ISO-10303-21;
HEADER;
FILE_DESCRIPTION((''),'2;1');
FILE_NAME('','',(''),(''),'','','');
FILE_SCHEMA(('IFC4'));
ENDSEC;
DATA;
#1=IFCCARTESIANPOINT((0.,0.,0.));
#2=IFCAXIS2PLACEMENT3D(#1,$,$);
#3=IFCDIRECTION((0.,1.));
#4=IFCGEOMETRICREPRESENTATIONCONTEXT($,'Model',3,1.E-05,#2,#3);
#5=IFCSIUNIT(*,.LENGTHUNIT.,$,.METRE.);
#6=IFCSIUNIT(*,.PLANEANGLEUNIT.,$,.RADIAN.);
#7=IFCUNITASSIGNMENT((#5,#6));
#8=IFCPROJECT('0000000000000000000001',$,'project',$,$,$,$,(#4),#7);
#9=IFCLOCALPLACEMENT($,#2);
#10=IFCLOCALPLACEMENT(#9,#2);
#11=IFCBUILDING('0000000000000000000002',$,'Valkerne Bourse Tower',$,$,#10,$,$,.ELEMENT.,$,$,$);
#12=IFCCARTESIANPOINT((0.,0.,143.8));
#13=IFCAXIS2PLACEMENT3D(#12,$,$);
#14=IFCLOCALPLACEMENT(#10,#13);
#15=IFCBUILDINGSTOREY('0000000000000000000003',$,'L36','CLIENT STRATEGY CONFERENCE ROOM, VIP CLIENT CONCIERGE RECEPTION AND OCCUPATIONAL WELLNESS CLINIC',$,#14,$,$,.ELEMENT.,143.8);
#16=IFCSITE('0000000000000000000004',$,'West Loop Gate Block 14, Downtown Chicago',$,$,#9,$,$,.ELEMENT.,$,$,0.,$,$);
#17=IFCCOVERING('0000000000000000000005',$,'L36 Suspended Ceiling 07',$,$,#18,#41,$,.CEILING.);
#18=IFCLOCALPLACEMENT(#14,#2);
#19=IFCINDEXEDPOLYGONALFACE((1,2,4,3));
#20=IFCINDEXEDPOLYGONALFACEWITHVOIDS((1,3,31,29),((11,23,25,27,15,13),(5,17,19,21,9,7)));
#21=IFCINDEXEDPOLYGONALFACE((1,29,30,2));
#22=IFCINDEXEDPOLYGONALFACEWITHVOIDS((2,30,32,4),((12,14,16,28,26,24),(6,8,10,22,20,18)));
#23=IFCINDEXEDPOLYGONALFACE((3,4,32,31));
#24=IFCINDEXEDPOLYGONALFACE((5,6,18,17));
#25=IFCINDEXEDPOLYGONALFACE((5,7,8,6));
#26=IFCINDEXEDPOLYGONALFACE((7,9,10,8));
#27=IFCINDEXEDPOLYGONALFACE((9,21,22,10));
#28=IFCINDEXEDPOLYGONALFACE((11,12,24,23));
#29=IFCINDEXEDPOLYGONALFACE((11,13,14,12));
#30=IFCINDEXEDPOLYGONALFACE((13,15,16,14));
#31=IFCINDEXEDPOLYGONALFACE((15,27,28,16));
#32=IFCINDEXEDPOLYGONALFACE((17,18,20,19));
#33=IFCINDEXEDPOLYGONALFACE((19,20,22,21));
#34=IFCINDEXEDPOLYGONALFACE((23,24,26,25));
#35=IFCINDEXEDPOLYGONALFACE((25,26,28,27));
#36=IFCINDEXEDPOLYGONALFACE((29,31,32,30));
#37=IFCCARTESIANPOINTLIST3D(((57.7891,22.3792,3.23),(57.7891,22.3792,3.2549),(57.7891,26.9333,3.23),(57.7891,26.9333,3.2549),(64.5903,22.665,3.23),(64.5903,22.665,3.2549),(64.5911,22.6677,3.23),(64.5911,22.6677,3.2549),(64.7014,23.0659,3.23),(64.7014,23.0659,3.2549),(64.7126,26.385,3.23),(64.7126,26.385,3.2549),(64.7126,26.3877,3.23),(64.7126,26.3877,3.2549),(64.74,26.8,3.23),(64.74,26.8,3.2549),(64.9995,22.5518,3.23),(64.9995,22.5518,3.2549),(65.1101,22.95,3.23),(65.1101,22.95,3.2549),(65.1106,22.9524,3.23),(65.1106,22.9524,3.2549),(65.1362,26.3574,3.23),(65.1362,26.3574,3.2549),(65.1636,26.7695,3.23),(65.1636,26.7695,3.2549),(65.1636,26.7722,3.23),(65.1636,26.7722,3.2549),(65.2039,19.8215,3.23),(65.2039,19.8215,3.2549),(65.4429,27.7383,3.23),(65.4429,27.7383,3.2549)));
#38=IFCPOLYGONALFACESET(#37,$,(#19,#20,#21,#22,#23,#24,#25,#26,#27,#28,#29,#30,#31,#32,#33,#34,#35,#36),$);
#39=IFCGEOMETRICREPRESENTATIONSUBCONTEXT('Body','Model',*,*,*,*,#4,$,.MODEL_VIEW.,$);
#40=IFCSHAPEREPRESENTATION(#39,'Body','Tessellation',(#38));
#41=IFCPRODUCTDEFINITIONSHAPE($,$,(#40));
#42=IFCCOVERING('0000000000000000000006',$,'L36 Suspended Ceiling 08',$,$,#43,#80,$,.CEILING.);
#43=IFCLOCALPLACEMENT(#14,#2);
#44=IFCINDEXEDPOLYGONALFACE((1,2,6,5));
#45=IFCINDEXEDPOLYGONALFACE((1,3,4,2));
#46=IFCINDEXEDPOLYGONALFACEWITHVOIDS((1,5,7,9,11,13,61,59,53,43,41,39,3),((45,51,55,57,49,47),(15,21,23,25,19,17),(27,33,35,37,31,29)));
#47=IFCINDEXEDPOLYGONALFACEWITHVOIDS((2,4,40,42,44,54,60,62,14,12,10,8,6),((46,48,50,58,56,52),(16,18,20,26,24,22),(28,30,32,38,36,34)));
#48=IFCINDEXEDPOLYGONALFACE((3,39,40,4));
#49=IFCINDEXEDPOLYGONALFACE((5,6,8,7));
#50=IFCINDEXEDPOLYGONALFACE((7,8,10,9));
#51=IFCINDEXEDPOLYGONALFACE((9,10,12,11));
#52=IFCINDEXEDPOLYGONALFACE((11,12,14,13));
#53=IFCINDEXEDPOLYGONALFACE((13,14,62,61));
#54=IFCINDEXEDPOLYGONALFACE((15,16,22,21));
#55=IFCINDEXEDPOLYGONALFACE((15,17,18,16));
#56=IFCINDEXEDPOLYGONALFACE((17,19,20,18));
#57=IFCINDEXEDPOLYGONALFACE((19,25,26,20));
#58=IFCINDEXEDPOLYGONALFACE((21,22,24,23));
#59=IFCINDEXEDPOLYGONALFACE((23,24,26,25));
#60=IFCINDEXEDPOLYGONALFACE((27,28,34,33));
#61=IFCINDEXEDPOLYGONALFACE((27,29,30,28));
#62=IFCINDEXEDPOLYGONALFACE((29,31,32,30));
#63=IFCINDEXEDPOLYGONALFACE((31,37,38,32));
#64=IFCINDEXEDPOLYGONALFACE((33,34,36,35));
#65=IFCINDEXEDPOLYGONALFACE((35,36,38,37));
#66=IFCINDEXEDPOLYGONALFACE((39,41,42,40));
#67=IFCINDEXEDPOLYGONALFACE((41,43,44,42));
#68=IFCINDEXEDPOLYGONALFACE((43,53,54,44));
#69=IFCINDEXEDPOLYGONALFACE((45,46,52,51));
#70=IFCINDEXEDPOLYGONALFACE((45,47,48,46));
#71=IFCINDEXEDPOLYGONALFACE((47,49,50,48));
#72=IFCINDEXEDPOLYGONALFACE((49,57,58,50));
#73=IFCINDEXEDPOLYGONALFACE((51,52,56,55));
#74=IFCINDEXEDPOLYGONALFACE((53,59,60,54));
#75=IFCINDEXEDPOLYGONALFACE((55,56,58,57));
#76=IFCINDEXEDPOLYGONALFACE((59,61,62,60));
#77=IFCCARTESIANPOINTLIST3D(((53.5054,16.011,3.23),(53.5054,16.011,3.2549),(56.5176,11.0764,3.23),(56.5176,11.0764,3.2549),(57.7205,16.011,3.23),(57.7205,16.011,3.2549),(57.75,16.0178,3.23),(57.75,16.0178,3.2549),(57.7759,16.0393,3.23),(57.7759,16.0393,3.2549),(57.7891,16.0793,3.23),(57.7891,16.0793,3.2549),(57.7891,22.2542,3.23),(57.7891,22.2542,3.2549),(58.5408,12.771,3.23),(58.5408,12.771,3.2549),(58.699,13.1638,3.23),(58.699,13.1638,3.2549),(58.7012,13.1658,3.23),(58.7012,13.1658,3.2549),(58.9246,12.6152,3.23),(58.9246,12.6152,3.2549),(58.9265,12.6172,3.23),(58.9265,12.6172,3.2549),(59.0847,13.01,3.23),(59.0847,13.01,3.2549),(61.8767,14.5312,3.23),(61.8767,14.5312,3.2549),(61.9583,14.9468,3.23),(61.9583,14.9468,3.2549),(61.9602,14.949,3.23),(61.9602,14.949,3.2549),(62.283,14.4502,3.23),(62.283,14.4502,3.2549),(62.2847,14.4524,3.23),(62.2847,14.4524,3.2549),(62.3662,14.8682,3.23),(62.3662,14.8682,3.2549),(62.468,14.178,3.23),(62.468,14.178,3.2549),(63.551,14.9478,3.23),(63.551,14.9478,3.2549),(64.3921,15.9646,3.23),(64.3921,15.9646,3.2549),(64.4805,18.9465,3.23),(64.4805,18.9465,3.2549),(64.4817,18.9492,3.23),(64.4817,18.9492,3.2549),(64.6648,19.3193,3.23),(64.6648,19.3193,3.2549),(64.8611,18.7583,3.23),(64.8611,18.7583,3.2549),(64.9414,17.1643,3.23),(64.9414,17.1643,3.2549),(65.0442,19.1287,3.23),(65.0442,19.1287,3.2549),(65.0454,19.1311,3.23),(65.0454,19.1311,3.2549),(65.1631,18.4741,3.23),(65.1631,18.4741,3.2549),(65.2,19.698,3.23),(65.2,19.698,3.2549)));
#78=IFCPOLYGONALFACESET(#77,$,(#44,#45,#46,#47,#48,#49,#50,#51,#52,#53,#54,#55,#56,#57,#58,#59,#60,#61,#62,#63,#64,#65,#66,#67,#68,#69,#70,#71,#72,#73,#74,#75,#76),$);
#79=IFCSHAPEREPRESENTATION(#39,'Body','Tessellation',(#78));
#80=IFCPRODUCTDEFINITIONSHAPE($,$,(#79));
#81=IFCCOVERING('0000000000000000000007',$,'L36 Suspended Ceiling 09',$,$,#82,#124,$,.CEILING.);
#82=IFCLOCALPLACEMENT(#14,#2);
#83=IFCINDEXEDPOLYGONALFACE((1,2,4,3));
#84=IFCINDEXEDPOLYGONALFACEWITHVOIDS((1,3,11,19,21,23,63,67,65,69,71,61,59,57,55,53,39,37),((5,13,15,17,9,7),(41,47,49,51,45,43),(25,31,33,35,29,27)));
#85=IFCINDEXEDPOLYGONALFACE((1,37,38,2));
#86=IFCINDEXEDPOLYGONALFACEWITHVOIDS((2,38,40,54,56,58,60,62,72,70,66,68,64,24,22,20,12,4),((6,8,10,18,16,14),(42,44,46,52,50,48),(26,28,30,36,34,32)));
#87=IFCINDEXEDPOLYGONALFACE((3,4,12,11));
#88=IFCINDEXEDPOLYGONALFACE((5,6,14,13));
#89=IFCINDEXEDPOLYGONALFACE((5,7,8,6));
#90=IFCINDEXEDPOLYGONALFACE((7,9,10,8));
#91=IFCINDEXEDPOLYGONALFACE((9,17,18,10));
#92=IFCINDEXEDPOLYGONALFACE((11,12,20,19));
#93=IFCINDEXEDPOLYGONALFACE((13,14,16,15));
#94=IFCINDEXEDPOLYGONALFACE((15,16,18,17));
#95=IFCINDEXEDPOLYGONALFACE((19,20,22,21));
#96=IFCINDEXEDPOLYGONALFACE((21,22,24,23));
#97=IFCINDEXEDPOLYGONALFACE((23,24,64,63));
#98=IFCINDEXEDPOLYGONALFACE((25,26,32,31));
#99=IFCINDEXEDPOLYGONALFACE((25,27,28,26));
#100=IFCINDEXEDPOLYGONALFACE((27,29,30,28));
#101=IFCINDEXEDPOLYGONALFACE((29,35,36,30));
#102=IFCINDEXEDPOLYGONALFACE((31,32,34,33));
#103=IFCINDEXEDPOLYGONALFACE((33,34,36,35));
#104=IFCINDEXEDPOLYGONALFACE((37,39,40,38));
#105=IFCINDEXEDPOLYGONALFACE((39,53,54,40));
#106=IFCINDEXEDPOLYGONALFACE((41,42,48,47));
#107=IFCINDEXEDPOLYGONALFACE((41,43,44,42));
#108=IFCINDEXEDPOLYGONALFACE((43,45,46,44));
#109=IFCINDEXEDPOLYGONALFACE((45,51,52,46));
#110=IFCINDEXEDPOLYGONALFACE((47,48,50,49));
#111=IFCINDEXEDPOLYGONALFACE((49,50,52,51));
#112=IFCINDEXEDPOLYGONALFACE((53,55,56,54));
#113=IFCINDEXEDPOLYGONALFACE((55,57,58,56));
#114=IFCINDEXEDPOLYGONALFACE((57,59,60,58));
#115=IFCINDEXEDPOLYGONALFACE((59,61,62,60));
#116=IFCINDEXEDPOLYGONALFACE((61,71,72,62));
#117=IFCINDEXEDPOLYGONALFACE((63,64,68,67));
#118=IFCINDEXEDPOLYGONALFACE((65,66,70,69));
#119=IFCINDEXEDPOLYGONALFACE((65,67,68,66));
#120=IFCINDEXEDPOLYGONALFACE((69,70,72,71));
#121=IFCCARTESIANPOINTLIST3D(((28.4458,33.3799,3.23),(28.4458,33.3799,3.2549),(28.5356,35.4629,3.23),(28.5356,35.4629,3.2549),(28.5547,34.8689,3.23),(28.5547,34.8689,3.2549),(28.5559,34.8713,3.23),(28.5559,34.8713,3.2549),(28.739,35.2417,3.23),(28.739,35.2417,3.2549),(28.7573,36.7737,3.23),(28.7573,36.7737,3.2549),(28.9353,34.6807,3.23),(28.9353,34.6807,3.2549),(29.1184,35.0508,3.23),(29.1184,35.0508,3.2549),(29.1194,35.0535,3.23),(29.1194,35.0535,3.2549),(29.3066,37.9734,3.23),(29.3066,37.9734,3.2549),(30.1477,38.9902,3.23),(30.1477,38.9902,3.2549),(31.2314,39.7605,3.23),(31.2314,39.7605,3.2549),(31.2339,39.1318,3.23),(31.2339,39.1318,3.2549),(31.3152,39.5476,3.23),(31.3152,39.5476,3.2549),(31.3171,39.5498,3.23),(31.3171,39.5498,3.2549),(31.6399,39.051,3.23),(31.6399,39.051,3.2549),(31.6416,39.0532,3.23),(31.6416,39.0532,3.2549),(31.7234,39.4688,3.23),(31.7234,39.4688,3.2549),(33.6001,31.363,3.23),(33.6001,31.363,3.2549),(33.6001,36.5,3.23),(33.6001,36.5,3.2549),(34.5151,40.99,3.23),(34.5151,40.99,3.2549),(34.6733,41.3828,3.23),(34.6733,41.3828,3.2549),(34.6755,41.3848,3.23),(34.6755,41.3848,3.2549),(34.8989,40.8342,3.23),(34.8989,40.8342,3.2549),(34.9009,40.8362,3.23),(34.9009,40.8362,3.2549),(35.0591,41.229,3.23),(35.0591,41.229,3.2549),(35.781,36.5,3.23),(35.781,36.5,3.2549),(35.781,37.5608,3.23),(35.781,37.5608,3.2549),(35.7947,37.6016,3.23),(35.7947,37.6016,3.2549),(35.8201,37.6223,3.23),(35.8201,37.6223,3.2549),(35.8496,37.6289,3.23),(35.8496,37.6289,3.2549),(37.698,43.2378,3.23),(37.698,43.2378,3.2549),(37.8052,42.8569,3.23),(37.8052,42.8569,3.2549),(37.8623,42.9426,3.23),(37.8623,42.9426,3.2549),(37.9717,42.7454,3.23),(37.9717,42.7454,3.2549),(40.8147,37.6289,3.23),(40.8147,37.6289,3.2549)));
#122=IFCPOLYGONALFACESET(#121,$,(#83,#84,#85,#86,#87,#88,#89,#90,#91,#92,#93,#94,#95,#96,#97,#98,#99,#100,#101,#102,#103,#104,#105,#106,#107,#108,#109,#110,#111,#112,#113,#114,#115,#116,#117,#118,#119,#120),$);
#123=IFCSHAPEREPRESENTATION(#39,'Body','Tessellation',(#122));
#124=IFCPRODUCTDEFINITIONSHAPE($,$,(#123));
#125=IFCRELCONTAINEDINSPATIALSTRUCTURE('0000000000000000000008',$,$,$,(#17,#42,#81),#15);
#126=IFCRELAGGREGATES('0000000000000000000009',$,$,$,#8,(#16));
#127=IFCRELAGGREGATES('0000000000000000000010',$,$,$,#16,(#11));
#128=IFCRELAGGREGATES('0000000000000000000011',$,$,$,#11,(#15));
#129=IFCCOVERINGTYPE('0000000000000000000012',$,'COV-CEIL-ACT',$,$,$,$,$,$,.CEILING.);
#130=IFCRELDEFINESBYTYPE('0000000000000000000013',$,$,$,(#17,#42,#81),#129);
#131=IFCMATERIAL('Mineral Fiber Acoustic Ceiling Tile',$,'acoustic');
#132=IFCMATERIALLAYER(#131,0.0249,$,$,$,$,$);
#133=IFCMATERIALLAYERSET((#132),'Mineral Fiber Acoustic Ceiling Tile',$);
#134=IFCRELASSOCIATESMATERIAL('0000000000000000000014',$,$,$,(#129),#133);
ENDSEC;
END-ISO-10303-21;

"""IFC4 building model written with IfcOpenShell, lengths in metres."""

from ifc_helpers import new_model, si_unit, direction, frame, origin, place, context, subcontext, project, spatial, polyline, outline, extrude, material, layer, layer_set, type_object, element, save


model = new_model("IFC4")

# Units and contexts
model_context = context("Model", 3, precision=1e-05, world=origin(), true_north=direction((0.0, 1.0)))
body_context = subcontext(model_context, "Body", "Model", "MODEL_VIEW")
ifc_project = project(units=[si_unit("LENGTHUNIT", "METRE"), si_unit("PLANEANGLEUNIT", "RADIAN")], contexts=[model_context])

# Site, building, storey
site_placement = place(None, origin())
site = spatial("IfcSite", under=ifc_project, at=site_placement, Name="West Loop Gate Block 14, Downtown Chicago", CompositionType="ELEMENT", RefElevation=0.0)
building_placement = place(site_placement, origin())
building = spatial("IfcBuilding", under=site, at=building_placement, Name="Valkerne Bourse Tower", CompositionType="ELEMENT")
storey_placement = place(building_placement, frame((0.0, 0.0, 143.8)))
storey = spatial("IfcBuildingStorey", under=building, at=storey_placement, Name="L36", Description="CLIENT STRATEGY CONFERENCE ROOM, VIP CLIENT CONCIERGE RECEPTION AND OCCUPATIONAL WELLNESS CLINIC", CompositionType="ELEMENT", Elevation=143.8)

# Coverings
ifc_material_1 = material(Name="Mineral Fiber Acoustic Ceiling Tile", Category="acoustic")
ifc_layer_1 = layer(ifc_material_1, 0.0249)
ifc_layer_set_1 = layer_set([ifc_layer_1], Name="Mineral Fiber Acoustic Ceiling Tile")
covering_type_1 = type_object("IfcCoveringType", Name="COV-CEIL-ACT", PredefinedType="CEILING", material=ifc_layer_set_1)
covering_1_placement = place(storey_placement, frame((0.0, 0.0, 3.23)))
element("IfcCovering", 1, at=covering_1_placement, inside=storey, type_object=covering_type_1, Name="L36 Suspended Ceiling 07", PredefinedType="CEILING", context=body_context, shape_type="SweptSolid", body=[
    extrude(outline(polyline([(57.7891, 26.9333), (65.4429, 27.7383), (65.2039, 19.8215), (57.7891, 22.3792), (57.7891, 26.9333)]), holes=[polyline([(65.1106, 22.9524), (64.7014, 23.0659), (64.5911, 22.6677), (64.5903, 22.665), (64.9995, 22.5518), (65.1101, 22.95), (65.1106, 22.9524)]), polyline([(65.1636, 26.7695), (65.1636, 26.7722), (64.74, 26.8), (64.7126, 26.3877), (64.7126, 26.385), (65.1362, 26.3574), (65.1636, 26.7695)])]), origin(), (0.0, 0.0, 1.0), 0.0249),
])
covering_2_placement = place(storey_placement, frame((0.0, 0.0, 3.23)))
element("IfcCovering", 2, at=covering_2_placement, inside=storey, type_object=covering_type_1, Name="L36 Suspended Ceiling 08", PredefinedType="CEILING", context=body_context, shape_type="SweptSolid", body=[
    extrude(outline(polyline([(63.551, 14.9478), (62.468, 14.178), (56.5176, 11.0764), (53.5054, 16.011), (57.7205, 16.011), (57.75, 16.0178), (57.7759, 16.0393), (57.7891, 16.0793), (57.7891, 22.2542), (65.2, 19.698), (65.1631, 18.4741), (64.9414, 17.1643), (64.3921, 15.9646), (63.551, 14.9478)]), holes=[polyline([(58.9265, 12.6172), (59.0847, 13.01), (58.7012, 13.1658), (58.699, 13.1638), (58.5408, 12.771), (58.9246, 12.6152), (58.9265, 12.6172)]), polyline([(62.3662, 14.8682), (61.9602, 14.949), (61.9583, 14.9468), (61.8767, 14.5312), (62.283, 14.4502), (62.2847, 14.4524), (62.3662, 14.8682)]), polyline([(65.0454, 19.1311), (64.6648, 19.3193), (64.4817, 18.9492), (64.4805, 18.9465), (64.8611, 18.7583), (65.0442, 19.1287), (65.0454, 19.1311)])]), origin(), (0.0, 0.0, 1.0), 0.0249),
])
covering_3_placement = place(storey_placement, frame((0.0, 0.0, 3.23)))
element("IfcCovering", 3, at=covering_3_placement, inside=storey, type_object=covering_type_1, Name="L36 Suspended Ceiling 09", PredefinedType="CEILING", context=body_context, shape_type="SweptSolid", body=[
    extrude(outline(polyline([(29.3066, 37.9734), (30.1477, 38.9902), (31.2314, 39.7605), (37.698, 43.2378), (37.8623, 42.9426), (37.8052, 42.8569), (37.9717, 42.7454), (40.8147, 37.6289), (35.8496, 37.6289), (35.8201, 37.6223), (35.7947, 37.6016), (35.781, 37.5608), (35.781, 36.5), (33.6001, 36.5), (33.6001, 31.363), (28.4458, 33.3799), (28.5356, 35.4629), (28.7573, 36.7737), (29.3066, 37.9734)]), holes=[polyline([(29.1194, 35.0535), (28.739, 35.2417), (28.5559, 34.8713), (28.5547, 34.8689), (28.9353, 34.6807), (29.1184, 35.0508), (29.1194, 35.0535)]), polyline([(31.7234, 39.4688), (31.3171, 39.5498), (31.3152, 39.5476), (31.2339, 39.1318), (31.6399, 39.051), (31.6416, 39.0532), (31.7234, 39.4688)]), polyline([(35.0591, 41.229), (34.6755, 41.3848), (34.6733, 41.3828), (34.5151, 40.99), (34.8989, 40.8342), (34.9009, 40.8362), (35.0591, 41.229)])]), origin(), (0.0, 0.0, 1.0), 0.0249),
])

save(model, "model.ifc")
